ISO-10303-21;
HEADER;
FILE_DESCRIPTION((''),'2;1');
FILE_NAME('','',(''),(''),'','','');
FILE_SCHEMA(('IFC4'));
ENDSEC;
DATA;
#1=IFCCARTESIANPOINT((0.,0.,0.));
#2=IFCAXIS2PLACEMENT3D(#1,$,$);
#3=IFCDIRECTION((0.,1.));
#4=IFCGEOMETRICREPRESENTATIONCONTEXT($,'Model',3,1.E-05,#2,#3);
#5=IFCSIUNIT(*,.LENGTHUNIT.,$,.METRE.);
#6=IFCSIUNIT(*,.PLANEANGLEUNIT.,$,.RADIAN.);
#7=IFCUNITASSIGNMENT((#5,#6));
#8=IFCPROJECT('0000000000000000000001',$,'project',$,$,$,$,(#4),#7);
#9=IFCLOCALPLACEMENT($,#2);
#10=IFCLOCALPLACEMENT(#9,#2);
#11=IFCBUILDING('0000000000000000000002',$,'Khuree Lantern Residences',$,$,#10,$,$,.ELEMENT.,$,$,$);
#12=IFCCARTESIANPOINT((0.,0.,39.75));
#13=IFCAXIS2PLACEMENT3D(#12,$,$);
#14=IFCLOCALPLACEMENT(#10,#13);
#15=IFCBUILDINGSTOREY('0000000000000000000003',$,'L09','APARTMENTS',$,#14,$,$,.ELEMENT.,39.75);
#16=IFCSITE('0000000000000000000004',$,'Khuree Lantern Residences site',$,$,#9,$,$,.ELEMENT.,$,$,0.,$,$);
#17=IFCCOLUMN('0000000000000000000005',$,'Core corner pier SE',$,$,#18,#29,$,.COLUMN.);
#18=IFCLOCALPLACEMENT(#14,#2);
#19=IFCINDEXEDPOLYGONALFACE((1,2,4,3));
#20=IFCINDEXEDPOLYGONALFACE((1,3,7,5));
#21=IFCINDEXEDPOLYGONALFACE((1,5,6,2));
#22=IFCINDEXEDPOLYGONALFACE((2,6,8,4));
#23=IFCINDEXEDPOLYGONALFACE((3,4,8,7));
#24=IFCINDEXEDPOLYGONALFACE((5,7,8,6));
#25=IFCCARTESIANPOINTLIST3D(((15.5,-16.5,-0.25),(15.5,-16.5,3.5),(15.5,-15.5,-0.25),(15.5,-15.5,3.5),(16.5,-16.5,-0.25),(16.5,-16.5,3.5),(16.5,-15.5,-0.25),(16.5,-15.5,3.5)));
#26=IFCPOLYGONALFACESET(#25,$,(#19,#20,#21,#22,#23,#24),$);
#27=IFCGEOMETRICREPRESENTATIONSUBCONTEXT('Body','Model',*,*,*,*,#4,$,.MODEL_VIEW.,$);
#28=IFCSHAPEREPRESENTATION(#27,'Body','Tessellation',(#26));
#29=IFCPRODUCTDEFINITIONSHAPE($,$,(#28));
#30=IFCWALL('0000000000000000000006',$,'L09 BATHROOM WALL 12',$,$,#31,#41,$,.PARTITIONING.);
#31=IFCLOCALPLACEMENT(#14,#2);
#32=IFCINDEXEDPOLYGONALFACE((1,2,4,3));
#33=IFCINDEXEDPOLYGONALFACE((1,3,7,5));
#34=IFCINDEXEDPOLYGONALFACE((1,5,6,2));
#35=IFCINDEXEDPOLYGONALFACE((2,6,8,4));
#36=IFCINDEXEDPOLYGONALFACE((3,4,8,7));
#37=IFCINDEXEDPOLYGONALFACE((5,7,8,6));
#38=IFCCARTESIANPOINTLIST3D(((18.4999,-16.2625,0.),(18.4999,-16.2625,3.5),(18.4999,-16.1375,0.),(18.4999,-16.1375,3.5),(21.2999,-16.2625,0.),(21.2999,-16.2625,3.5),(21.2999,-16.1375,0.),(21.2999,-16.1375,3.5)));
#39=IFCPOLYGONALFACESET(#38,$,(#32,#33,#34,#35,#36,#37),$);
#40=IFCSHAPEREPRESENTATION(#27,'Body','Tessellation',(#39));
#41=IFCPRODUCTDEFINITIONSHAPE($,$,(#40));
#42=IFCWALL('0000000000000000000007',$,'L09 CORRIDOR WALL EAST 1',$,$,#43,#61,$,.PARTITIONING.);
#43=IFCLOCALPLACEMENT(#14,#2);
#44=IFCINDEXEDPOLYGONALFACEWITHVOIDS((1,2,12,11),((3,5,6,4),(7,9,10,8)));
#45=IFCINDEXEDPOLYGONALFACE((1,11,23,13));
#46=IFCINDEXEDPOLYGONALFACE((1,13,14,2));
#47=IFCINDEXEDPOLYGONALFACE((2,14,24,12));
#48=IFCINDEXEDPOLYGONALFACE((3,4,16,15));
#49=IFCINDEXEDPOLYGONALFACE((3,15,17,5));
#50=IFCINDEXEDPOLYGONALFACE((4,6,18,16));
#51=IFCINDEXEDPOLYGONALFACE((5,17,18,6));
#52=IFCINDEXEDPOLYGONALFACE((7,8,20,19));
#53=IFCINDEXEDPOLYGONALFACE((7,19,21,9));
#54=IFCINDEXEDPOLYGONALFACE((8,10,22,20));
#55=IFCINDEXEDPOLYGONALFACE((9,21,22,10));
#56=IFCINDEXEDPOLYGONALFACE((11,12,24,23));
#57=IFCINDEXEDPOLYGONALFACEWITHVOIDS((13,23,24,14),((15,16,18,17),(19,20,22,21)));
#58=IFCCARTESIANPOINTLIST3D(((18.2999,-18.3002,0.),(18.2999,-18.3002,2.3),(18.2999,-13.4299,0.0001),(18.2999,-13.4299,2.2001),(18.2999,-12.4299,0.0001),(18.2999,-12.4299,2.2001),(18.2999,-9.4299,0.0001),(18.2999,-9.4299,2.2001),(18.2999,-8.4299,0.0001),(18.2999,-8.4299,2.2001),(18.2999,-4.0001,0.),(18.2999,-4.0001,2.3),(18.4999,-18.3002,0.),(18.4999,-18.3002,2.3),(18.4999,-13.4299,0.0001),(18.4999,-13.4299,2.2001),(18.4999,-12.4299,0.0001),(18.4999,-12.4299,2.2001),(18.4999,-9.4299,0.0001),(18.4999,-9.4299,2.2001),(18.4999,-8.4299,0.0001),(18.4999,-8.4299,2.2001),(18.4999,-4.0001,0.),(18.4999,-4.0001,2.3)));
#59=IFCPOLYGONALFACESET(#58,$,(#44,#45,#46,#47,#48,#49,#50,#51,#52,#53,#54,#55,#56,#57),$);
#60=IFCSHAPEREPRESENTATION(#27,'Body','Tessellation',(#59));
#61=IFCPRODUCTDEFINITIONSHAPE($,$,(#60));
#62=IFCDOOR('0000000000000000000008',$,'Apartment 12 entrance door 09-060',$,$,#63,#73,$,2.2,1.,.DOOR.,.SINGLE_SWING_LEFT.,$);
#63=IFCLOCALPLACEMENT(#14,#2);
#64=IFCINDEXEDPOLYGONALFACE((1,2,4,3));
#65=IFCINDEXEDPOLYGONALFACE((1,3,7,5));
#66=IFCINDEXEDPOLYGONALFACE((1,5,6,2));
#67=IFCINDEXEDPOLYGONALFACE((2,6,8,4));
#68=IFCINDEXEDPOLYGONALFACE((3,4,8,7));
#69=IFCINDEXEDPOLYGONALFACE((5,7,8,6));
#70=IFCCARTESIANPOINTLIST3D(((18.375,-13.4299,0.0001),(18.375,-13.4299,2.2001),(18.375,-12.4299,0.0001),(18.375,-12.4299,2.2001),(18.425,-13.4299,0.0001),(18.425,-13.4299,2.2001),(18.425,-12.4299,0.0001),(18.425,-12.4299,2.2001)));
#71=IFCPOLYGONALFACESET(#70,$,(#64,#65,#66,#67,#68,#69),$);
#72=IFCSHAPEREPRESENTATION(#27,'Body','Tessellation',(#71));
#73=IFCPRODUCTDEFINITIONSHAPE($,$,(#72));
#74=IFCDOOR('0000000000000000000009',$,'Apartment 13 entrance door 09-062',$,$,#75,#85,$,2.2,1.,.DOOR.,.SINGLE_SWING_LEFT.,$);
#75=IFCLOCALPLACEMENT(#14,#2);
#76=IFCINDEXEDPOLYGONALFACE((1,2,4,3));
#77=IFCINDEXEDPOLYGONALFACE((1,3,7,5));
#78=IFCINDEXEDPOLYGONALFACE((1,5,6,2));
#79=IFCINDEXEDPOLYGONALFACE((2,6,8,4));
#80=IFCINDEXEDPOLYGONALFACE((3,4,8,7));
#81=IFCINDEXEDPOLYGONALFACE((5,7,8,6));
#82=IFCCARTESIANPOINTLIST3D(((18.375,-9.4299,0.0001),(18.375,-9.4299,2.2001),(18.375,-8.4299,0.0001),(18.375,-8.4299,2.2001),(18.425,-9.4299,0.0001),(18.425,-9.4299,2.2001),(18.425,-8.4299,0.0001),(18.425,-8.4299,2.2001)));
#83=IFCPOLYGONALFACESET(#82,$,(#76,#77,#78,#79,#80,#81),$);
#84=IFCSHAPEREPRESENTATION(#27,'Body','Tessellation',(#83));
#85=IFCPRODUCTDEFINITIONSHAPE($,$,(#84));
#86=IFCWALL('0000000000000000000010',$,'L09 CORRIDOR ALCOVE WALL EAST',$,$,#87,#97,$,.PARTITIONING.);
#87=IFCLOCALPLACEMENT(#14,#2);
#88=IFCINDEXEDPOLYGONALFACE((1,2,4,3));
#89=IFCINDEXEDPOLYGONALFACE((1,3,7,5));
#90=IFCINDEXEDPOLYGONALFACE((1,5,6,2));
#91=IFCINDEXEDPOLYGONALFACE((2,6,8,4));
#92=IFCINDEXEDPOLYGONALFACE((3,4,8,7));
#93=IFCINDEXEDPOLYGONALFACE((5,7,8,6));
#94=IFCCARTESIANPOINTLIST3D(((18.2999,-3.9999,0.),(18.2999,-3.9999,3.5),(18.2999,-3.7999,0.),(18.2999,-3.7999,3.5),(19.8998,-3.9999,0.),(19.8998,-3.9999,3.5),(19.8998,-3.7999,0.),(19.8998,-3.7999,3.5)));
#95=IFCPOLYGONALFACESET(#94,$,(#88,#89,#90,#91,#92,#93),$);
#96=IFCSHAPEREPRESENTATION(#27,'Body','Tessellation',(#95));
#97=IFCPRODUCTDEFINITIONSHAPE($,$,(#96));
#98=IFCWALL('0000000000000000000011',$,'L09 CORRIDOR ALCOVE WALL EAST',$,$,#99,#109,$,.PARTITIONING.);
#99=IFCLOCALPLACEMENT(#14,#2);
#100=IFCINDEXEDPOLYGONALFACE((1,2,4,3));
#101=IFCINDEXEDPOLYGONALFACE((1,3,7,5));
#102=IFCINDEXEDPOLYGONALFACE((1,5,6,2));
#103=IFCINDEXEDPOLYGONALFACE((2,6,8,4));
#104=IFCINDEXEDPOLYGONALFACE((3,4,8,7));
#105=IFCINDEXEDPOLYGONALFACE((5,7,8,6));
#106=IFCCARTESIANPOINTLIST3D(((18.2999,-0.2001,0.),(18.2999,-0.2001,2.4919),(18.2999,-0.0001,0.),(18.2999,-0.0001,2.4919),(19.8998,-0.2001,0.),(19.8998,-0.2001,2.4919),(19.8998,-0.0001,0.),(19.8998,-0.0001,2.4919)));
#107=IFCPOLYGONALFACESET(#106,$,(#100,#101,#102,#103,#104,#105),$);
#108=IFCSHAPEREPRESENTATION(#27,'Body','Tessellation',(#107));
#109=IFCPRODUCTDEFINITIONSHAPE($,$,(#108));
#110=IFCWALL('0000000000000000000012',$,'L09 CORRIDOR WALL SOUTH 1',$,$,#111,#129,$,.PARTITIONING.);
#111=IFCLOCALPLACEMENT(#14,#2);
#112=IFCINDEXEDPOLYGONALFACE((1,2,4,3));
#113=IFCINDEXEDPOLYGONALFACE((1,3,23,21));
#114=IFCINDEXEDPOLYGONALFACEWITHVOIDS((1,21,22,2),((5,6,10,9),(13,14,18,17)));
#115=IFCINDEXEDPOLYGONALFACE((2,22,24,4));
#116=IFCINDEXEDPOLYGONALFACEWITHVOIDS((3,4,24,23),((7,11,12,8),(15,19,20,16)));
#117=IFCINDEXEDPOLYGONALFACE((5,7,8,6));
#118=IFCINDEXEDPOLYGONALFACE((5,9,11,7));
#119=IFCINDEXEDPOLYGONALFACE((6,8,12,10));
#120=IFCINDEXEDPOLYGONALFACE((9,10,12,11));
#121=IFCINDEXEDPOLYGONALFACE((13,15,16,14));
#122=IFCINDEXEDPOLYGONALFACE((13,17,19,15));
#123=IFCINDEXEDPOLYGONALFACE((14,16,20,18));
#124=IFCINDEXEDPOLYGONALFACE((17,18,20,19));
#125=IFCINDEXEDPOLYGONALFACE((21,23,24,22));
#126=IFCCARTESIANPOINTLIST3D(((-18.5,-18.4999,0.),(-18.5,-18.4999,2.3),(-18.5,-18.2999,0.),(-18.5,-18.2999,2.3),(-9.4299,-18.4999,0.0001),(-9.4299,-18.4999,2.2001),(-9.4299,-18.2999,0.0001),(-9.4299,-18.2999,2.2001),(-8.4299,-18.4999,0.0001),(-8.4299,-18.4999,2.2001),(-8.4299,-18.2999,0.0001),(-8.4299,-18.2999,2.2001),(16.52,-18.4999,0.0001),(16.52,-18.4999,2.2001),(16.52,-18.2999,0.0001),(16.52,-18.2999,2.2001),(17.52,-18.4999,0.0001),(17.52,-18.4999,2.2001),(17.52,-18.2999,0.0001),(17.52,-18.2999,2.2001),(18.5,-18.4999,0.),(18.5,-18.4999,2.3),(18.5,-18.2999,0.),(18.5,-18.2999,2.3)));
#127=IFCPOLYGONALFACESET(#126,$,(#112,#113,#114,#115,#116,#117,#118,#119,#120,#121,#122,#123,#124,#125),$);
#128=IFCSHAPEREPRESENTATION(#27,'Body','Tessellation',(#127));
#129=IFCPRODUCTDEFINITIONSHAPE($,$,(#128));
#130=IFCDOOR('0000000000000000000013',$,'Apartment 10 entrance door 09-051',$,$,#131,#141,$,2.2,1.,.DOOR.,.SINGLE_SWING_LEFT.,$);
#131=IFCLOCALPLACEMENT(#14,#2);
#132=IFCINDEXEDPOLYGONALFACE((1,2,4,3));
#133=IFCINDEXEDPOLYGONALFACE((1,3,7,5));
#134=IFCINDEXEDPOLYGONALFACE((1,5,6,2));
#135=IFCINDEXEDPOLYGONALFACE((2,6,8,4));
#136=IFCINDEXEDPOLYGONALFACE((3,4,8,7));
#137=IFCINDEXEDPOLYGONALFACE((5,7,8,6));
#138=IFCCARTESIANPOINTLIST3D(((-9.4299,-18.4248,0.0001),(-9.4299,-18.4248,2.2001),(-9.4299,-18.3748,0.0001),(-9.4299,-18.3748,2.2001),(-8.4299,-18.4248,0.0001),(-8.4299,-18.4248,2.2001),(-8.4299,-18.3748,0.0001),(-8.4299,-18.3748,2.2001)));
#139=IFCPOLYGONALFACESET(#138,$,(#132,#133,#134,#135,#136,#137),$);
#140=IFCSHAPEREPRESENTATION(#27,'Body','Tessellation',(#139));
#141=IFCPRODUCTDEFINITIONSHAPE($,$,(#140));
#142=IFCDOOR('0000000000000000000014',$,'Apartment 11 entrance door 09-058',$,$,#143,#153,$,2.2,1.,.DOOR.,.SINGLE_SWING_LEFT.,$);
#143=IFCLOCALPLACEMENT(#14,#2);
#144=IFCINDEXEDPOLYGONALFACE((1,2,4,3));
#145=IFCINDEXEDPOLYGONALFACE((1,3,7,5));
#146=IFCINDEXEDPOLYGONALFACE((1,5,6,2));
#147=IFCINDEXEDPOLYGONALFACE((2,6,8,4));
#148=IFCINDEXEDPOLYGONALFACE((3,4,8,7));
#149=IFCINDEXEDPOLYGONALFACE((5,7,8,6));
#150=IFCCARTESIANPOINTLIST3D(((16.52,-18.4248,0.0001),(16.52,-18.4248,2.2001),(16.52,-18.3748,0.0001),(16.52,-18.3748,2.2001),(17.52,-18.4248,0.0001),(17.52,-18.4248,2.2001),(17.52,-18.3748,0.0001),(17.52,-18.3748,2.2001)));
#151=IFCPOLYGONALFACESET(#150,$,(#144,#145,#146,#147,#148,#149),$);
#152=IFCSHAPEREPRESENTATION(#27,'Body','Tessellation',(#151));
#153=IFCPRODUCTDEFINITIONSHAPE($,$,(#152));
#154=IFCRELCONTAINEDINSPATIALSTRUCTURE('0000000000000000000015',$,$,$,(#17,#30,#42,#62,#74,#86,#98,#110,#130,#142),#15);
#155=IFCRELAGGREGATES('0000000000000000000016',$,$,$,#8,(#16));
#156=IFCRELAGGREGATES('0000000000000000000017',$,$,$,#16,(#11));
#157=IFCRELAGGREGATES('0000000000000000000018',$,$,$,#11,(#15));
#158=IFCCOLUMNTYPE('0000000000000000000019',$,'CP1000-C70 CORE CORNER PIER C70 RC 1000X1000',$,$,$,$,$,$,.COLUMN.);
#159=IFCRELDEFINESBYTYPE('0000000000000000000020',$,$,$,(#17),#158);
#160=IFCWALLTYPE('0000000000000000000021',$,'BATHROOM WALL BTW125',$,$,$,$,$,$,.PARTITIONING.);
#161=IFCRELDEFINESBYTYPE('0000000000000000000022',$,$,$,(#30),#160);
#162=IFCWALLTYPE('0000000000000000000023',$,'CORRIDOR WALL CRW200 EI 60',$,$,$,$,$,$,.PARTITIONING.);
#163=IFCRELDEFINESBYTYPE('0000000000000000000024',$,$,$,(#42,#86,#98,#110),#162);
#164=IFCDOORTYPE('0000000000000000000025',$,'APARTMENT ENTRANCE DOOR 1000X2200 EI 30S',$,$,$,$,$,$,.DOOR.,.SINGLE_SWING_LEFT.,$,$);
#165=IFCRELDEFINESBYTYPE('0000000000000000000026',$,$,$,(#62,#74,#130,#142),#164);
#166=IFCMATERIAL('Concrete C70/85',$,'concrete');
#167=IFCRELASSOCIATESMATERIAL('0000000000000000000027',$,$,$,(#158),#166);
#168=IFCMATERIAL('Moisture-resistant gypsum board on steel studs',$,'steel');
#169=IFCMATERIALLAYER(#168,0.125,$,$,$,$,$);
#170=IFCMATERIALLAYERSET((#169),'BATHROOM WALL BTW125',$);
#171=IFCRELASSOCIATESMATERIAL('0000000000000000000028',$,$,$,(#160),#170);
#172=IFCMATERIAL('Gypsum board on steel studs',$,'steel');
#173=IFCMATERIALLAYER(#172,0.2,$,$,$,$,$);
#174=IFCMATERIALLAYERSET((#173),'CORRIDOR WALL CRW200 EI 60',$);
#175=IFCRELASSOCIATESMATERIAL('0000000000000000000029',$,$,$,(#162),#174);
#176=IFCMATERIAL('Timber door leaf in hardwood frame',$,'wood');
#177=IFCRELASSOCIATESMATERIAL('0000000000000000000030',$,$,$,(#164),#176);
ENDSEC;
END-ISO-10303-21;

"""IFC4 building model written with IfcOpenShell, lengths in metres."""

from ifc_helpers import new_model, si_unit, direction, frame, frame_2d, origin, origin_2d, place, context, subcontext, project, spatial, rectangle, extrude, material, layer, layer_set, material_profile, profile_set, type_object, element, fill, save


model = new_model("IFC4")

# Units and contexts
model_context = context("Model", 3, precision=1e-05, world=origin(), true_north=direction((0.0, 1.0)))
body_context = subcontext(model_context, "Body", "Model", "MODEL_VIEW")
ifc_project = project(units=[si_unit("LENGTHUNIT", "METRE"), si_unit("PLANEANGLEUNIT", "RADIAN")], contexts=[model_context])

# Site, building, storey
site_placement = place(None, origin())
site = spatial("IfcSite", under=ifc_project, at=site_placement, Name="Khuree Lantern Residences site", CompositionType="ELEMENT", RefElevation=0.0)
building_placement = place(site_placement, origin())
building = spatial("IfcBuilding", under=site, at=building_placement, Name="Khuree Lantern Residences", CompositionType="ELEMENT")
storey_placement = place(building_placement, frame((0.0, 0.0, 39.75)))
storey = spatial("IfcBuildingStorey", under=building, at=storey_placement, Name="L09", Description="APARTMENTS", CompositionType="ELEMENT", Elevation=39.75)

# Column
ifc_material_1 = material(Name="Concrete C70/85", Category="concrete")
ifc_material_profile = material_profile(ifc_material_1, rectangle(XDim=1.0, YDim=1.0, at=origin_2d()), Name="RC 1000X1000")
ifc_profile_set = profile_set([ifc_material_profile], Name="Concrete C70/85")
column_type = type_object("IfcColumnType", Name="CP1000-C70 CORE CORNER PIER C70 RC 1000X1000", PredefinedType="COLUMN", material=ifc_profile_set)
column_placement = place(storey_placement, frame((16.0, -16.0, -0.25), z_axis=(0.0, 0.0, 1.0), x_axis=(1.0, 0.0, 0.0)))
element("IfcColumn", 1, at=column_placement, inside=storey, type_object=column_type, Name="Core corner pier SE", PredefinedType="COLUMN", context=body_context, shape_type="SweptSolid", body=[
    extrude(rectangle(XDim=1.0, YDim=1.0, at=origin_2d()), origin(), (0.0, 0.0, 1.0), 3.75),
])

# Wall
ifc_material_2 = material(Name="Moisture-resistant gypsum board on steel studs", Category="steel")
ifc_layer_1 = layer(ifc_material_2, 0.125)
ifc_layer_set_1 = layer_set([ifc_layer_1], Name="BATHROOM WALL BTW125")
wall_type_1 = type_object("IfcWallType", Name="BATHROOM WALL BTW125", PredefinedType="PARTITIONING", material=ifc_layer_set_1)
wall_1_placement = place(storey_placement, frame((18.5, -16.2, 0.0), z_axis=(0.0, 0.0, 1.0), x_axis=(1.0, 0.0, 0.0)))
element("IfcWall", 2, at=wall_1_placement, inside=storey, type_object=wall_type_1, Name="L09 BATHROOM WALL 12", PredefinedType="PARTITIONING", context=body_context, shape_type="SweptSolid", body=[
    extrude(rectangle(XDim=2.8, YDim=0.125, at=frame_2d((1.3999, 0.0))), origin(), (0.0, 0.0, 1.0), 3.5),
])

# Wall, openings, doors
ifc_material_3 = material(Name="Gypsum board on steel studs", Category="steel")
ifc_layer_2 = layer(ifc_material_3, 0.2)
ifc_layer_set_2 = layer_set([ifc_layer_2], Name="CORRIDOR WALL CRW200 EI 60")
wall_type_2 = type_object("IfcWallType", Name="CORRIDOR WALL CRW200 EI 60", PredefinedType="PARTITIONING", material=ifc_layer_set_2)
wall_2_placement = place(storey_placement, frame((18.3999, -18.3, 0.0), z_axis=(0.0, 0.0, 1.0), x_axis=(0.0, 1.0, 0.0)))
wall_2 = element("IfcWall", 3, at=wall_2_placement, inside=storey, type_object=wall_type_2, Name="L09 CORRIDOR WALL EAST 1", PredefinedType="PARTITIONING", context=body_context, shape_type="SweptSolid", body=[
    extrude(rectangle(XDim=14.3, YDim=0.2, at=frame_2d((7.1499, 0.0))), origin(), (0.0, 0.0, 1.0), 2.3),
])
opening_1_placement = place(wall_2_placement, frame((4.8701, 0.0, 0.0)))
opening_1 = element("IfcOpeningElement", 4, at=opening_1_placement, cuts=wall_2, PredefinedType="OPENING", context=body_context, shape_type="SweptSolid", body=[
    extrude(rectangle(XDim=1.0, YDim=2.2, at=frame_2d((0.5, 1.1001))), frame((0.0, 0.1099, 0.0), z_axis=(0.0, -1.0, 0.0), x_axis=(1.0, 0.0, 0.0)), (0.0, 0.0, 1.0), 0.22),
])
opening_2_placement = place(wall_2_placement, frame((8.8701, 0.0, 0.0)))
opening_2 = element("IfcOpeningElement", 5, at=opening_2_placement, cuts=wall_2, PredefinedType="OPENING", context=body_context, shape_type="SweptSolid", body=[
    extrude(rectangle(XDim=1.0, YDim=2.2, at=frame_2d((0.5, 1.1001))), frame((0.0, 0.1099, 0.0), z_axis=(0.0, -1.0, 0.0), x_axis=(1.0, 0.0, 0.0)), (0.0, 0.0, 1.0), 0.22),
])
ifc_material_4 = material(Name="Timber door leaf in hardwood frame", Category="wood")
door_type_1 = type_object("IfcDoorType", Name="APARTMENT ENTRANCE DOOR 1000X2200 EI 30S", OperationType="SINGLE_SWING_LEFT", PredefinedType="DOOR", material=ifc_material_4)
door_1_placement = place(opening_1_placement, origin())
door_1 = element("IfcDoor", 6, at=door_1_placement, inside=storey, type_object=door_type_1, Name="Apartment 12 entrance door 09-060", OperationType="SINGLE_SWING_LEFT", OverallHeight=2.2, OverallWidth=1.0, PredefinedType="DOOR", context=body_context, shape_type="SweptSolid", body=[
    extrude(rectangle(XDim=1.0, YDim=2.2, at=frame_2d((0.5, 1.1001))), frame((0.0, 0.0249, 0.0), z_axis=(0.0, -1.0, 0.0), x_axis=(1.0, 0.0, 0.0)), (0.0, 0.0, 1.0), 0.05),
])
fill(opening_1, door_1)
door_2_placement = place(opening_2_placement, origin())
door_2 = element("IfcDoor", 7, at=door_2_placement, inside=storey, type_object=door_type_1, Name="Apartment 13 entrance door 09-062", OperationType="SINGLE_SWING_LEFT", OverallHeight=2.2, OverallWidth=1.0, PredefinedType="DOOR", context=body_context, shape_type="SweptSolid", body=[
    extrude(rectangle(XDim=1.0, YDim=2.2, at=frame_2d((0.5, 1.1001))), frame((0.0, 0.0249, 0.0), z_axis=(0.0, -1.0, 0.0), x_axis=(1.0, 0.0, 0.0)), (0.0, 0.0, 1.0), 0.05),
])
fill(opening_2, door_2)

# Walls
wall_3_placement = place(storey_placement, frame((18.3, -3.8999, 0.0), z_axis=(0.0, 0.0, 1.0), x_axis=(1.0, 0.0, 0.0)))
element("IfcWall", 8, at=wall_3_placement, inside=storey, type_object=wall_type_2, Name="L09 CORRIDOR ALCOVE WALL EAST", PredefinedType="PARTITIONING", context=body_context, shape_type="SweptSolid", body=[
    extrude(rectangle(XDim=1.5999, YDim=0.2, at=frame_2d((0.7998, 0.0))), origin(), (0.0, 0.0, 1.0), 3.5),
])
wall_4_placement = place(storey_placement, frame((18.3, -0.1001, 0.0), z_axis=(0.0, 0.0, 1.0), x_axis=(1.0, 0.0, 0.0)))
element("IfcWall", 9, at=wall_4_placement, inside=storey, type_object=wall_type_2, Name="L09 CORRIDOR ALCOVE WALL EAST", PredefinedType="PARTITIONING", context=body_context, shape_type="SweptSolid", body=[
    extrude(rectangle(XDim=1.5999, YDim=0.2, at=frame_2d((0.7998, 0.0))), origin(), (0.0, 0.0, 1.0), 2.4919),
])

# Wall, openings, doors
wall_5_placement = place(storey_placement, frame((18.5, -18.3999, 0.0), z_axis=(0.0, 0.0, 1.0), x_axis=(-1.0, 0.0, 0.0)))
wall_5 = element("IfcWall", 10, at=wall_5_placement, inside=storey, type_object=wall_type_2, Name="L09 CORRIDOR WALL SOUTH 1", PredefinedType="PARTITIONING", context=body_context, shape_type="SweptSolid", body=[
    extrude(rectangle(XDim=37.0, YDim=0.2, at=frame_2d((18.5, 0.0))), origin(), (0.0, 0.0, 1.0), 2.3),
])
opening_3_placement = place(wall_5_placement, frame((26.9299, 0.0, 0.0)))
opening_3 = element("IfcOpeningElement", 11, at=opening_3_placement, cuts=wall_5, PredefinedType="OPENING", context=body_context, shape_type="SweptSolid", body=[
    extrude(rectangle(XDim=1.0, YDim=2.2, at=frame_2d((0.5, 1.1001))), frame((0.0, 0.1099, 0.0), z_axis=(0.0, -1.0, 0.0), x_axis=(1.0, 0.0, 0.0)), (0.0, 0.0, 1.0), 0.22),
])
opening_4_placement = place(wall_5_placement, frame((0.98, 0.0, 0.0)))
opening_4 = element("IfcOpeningElement", 12, at=opening_4_placement, cuts=wall_5, PredefinedType="OPENING", context=body_context, shape_type="SweptSolid", body=[
    extrude(rectangle(XDim=1.0, YDim=2.2, at=frame_2d((0.5, 1.1001))), frame((0.0, 0.1099, 0.0), z_axis=(0.0, -1.0, 0.0), x_axis=(1.0, 0.0, 0.0)), (0.0, 0.0, 1.0), 0.22),
])
door_3_placement = place(opening_3_placement, origin())
door_3 = element("IfcDoor", 13, at=door_3_placement, inside=storey, type_object=door_type_1, Name="Apartment 10 entrance door 09-051", OperationType="SINGLE_SWING_LEFT", OverallHeight=2.2, OverallWidth=1.0, PredefinedType="DOOR", context=body_context, shape_type="SweptSolid", body=[
    extrude(rectangle(XDim=1.0, YDim=2.2, at=frame_2d((0.5, 1.1001))), frame((0.0, 0.0249, 0.0), z_axis=(0.0, -1.0, 0.0), x_axis=(1.0, 0.0, 0.0)), (0.0, 0.0, 1.0), 0.05),
])
fill(opening_3, door_3)
door_4_placement = place(opening_4_placement, origin())
door_4 = element("IfcDoor", 14, at=door_4_placement, inside=storey, type_object=door_type_1, Name="Apartment 11 entrance door 09-058", OperationType="SINGLE_SWING_LEFT", OverallHeight=2.2, OverallWidth=1.0, PredefinedType="DOOR", context=body_context, shape_type="SweptSolid", body=[
    extrude(rectangle(XDim=1.0, YDim=2.2, at=frame_2d((0.5, 1.1001))), frame((0.0, 0.0249, 0.0), z_axis=(0.0, -1.0, 0.0), x_axis=(1.0, 0.0, 0.0)), (0.0, 0.0, 1.0), 0.05),
])
fill(opening_4, door_4)

save(model, "model.ifc")
